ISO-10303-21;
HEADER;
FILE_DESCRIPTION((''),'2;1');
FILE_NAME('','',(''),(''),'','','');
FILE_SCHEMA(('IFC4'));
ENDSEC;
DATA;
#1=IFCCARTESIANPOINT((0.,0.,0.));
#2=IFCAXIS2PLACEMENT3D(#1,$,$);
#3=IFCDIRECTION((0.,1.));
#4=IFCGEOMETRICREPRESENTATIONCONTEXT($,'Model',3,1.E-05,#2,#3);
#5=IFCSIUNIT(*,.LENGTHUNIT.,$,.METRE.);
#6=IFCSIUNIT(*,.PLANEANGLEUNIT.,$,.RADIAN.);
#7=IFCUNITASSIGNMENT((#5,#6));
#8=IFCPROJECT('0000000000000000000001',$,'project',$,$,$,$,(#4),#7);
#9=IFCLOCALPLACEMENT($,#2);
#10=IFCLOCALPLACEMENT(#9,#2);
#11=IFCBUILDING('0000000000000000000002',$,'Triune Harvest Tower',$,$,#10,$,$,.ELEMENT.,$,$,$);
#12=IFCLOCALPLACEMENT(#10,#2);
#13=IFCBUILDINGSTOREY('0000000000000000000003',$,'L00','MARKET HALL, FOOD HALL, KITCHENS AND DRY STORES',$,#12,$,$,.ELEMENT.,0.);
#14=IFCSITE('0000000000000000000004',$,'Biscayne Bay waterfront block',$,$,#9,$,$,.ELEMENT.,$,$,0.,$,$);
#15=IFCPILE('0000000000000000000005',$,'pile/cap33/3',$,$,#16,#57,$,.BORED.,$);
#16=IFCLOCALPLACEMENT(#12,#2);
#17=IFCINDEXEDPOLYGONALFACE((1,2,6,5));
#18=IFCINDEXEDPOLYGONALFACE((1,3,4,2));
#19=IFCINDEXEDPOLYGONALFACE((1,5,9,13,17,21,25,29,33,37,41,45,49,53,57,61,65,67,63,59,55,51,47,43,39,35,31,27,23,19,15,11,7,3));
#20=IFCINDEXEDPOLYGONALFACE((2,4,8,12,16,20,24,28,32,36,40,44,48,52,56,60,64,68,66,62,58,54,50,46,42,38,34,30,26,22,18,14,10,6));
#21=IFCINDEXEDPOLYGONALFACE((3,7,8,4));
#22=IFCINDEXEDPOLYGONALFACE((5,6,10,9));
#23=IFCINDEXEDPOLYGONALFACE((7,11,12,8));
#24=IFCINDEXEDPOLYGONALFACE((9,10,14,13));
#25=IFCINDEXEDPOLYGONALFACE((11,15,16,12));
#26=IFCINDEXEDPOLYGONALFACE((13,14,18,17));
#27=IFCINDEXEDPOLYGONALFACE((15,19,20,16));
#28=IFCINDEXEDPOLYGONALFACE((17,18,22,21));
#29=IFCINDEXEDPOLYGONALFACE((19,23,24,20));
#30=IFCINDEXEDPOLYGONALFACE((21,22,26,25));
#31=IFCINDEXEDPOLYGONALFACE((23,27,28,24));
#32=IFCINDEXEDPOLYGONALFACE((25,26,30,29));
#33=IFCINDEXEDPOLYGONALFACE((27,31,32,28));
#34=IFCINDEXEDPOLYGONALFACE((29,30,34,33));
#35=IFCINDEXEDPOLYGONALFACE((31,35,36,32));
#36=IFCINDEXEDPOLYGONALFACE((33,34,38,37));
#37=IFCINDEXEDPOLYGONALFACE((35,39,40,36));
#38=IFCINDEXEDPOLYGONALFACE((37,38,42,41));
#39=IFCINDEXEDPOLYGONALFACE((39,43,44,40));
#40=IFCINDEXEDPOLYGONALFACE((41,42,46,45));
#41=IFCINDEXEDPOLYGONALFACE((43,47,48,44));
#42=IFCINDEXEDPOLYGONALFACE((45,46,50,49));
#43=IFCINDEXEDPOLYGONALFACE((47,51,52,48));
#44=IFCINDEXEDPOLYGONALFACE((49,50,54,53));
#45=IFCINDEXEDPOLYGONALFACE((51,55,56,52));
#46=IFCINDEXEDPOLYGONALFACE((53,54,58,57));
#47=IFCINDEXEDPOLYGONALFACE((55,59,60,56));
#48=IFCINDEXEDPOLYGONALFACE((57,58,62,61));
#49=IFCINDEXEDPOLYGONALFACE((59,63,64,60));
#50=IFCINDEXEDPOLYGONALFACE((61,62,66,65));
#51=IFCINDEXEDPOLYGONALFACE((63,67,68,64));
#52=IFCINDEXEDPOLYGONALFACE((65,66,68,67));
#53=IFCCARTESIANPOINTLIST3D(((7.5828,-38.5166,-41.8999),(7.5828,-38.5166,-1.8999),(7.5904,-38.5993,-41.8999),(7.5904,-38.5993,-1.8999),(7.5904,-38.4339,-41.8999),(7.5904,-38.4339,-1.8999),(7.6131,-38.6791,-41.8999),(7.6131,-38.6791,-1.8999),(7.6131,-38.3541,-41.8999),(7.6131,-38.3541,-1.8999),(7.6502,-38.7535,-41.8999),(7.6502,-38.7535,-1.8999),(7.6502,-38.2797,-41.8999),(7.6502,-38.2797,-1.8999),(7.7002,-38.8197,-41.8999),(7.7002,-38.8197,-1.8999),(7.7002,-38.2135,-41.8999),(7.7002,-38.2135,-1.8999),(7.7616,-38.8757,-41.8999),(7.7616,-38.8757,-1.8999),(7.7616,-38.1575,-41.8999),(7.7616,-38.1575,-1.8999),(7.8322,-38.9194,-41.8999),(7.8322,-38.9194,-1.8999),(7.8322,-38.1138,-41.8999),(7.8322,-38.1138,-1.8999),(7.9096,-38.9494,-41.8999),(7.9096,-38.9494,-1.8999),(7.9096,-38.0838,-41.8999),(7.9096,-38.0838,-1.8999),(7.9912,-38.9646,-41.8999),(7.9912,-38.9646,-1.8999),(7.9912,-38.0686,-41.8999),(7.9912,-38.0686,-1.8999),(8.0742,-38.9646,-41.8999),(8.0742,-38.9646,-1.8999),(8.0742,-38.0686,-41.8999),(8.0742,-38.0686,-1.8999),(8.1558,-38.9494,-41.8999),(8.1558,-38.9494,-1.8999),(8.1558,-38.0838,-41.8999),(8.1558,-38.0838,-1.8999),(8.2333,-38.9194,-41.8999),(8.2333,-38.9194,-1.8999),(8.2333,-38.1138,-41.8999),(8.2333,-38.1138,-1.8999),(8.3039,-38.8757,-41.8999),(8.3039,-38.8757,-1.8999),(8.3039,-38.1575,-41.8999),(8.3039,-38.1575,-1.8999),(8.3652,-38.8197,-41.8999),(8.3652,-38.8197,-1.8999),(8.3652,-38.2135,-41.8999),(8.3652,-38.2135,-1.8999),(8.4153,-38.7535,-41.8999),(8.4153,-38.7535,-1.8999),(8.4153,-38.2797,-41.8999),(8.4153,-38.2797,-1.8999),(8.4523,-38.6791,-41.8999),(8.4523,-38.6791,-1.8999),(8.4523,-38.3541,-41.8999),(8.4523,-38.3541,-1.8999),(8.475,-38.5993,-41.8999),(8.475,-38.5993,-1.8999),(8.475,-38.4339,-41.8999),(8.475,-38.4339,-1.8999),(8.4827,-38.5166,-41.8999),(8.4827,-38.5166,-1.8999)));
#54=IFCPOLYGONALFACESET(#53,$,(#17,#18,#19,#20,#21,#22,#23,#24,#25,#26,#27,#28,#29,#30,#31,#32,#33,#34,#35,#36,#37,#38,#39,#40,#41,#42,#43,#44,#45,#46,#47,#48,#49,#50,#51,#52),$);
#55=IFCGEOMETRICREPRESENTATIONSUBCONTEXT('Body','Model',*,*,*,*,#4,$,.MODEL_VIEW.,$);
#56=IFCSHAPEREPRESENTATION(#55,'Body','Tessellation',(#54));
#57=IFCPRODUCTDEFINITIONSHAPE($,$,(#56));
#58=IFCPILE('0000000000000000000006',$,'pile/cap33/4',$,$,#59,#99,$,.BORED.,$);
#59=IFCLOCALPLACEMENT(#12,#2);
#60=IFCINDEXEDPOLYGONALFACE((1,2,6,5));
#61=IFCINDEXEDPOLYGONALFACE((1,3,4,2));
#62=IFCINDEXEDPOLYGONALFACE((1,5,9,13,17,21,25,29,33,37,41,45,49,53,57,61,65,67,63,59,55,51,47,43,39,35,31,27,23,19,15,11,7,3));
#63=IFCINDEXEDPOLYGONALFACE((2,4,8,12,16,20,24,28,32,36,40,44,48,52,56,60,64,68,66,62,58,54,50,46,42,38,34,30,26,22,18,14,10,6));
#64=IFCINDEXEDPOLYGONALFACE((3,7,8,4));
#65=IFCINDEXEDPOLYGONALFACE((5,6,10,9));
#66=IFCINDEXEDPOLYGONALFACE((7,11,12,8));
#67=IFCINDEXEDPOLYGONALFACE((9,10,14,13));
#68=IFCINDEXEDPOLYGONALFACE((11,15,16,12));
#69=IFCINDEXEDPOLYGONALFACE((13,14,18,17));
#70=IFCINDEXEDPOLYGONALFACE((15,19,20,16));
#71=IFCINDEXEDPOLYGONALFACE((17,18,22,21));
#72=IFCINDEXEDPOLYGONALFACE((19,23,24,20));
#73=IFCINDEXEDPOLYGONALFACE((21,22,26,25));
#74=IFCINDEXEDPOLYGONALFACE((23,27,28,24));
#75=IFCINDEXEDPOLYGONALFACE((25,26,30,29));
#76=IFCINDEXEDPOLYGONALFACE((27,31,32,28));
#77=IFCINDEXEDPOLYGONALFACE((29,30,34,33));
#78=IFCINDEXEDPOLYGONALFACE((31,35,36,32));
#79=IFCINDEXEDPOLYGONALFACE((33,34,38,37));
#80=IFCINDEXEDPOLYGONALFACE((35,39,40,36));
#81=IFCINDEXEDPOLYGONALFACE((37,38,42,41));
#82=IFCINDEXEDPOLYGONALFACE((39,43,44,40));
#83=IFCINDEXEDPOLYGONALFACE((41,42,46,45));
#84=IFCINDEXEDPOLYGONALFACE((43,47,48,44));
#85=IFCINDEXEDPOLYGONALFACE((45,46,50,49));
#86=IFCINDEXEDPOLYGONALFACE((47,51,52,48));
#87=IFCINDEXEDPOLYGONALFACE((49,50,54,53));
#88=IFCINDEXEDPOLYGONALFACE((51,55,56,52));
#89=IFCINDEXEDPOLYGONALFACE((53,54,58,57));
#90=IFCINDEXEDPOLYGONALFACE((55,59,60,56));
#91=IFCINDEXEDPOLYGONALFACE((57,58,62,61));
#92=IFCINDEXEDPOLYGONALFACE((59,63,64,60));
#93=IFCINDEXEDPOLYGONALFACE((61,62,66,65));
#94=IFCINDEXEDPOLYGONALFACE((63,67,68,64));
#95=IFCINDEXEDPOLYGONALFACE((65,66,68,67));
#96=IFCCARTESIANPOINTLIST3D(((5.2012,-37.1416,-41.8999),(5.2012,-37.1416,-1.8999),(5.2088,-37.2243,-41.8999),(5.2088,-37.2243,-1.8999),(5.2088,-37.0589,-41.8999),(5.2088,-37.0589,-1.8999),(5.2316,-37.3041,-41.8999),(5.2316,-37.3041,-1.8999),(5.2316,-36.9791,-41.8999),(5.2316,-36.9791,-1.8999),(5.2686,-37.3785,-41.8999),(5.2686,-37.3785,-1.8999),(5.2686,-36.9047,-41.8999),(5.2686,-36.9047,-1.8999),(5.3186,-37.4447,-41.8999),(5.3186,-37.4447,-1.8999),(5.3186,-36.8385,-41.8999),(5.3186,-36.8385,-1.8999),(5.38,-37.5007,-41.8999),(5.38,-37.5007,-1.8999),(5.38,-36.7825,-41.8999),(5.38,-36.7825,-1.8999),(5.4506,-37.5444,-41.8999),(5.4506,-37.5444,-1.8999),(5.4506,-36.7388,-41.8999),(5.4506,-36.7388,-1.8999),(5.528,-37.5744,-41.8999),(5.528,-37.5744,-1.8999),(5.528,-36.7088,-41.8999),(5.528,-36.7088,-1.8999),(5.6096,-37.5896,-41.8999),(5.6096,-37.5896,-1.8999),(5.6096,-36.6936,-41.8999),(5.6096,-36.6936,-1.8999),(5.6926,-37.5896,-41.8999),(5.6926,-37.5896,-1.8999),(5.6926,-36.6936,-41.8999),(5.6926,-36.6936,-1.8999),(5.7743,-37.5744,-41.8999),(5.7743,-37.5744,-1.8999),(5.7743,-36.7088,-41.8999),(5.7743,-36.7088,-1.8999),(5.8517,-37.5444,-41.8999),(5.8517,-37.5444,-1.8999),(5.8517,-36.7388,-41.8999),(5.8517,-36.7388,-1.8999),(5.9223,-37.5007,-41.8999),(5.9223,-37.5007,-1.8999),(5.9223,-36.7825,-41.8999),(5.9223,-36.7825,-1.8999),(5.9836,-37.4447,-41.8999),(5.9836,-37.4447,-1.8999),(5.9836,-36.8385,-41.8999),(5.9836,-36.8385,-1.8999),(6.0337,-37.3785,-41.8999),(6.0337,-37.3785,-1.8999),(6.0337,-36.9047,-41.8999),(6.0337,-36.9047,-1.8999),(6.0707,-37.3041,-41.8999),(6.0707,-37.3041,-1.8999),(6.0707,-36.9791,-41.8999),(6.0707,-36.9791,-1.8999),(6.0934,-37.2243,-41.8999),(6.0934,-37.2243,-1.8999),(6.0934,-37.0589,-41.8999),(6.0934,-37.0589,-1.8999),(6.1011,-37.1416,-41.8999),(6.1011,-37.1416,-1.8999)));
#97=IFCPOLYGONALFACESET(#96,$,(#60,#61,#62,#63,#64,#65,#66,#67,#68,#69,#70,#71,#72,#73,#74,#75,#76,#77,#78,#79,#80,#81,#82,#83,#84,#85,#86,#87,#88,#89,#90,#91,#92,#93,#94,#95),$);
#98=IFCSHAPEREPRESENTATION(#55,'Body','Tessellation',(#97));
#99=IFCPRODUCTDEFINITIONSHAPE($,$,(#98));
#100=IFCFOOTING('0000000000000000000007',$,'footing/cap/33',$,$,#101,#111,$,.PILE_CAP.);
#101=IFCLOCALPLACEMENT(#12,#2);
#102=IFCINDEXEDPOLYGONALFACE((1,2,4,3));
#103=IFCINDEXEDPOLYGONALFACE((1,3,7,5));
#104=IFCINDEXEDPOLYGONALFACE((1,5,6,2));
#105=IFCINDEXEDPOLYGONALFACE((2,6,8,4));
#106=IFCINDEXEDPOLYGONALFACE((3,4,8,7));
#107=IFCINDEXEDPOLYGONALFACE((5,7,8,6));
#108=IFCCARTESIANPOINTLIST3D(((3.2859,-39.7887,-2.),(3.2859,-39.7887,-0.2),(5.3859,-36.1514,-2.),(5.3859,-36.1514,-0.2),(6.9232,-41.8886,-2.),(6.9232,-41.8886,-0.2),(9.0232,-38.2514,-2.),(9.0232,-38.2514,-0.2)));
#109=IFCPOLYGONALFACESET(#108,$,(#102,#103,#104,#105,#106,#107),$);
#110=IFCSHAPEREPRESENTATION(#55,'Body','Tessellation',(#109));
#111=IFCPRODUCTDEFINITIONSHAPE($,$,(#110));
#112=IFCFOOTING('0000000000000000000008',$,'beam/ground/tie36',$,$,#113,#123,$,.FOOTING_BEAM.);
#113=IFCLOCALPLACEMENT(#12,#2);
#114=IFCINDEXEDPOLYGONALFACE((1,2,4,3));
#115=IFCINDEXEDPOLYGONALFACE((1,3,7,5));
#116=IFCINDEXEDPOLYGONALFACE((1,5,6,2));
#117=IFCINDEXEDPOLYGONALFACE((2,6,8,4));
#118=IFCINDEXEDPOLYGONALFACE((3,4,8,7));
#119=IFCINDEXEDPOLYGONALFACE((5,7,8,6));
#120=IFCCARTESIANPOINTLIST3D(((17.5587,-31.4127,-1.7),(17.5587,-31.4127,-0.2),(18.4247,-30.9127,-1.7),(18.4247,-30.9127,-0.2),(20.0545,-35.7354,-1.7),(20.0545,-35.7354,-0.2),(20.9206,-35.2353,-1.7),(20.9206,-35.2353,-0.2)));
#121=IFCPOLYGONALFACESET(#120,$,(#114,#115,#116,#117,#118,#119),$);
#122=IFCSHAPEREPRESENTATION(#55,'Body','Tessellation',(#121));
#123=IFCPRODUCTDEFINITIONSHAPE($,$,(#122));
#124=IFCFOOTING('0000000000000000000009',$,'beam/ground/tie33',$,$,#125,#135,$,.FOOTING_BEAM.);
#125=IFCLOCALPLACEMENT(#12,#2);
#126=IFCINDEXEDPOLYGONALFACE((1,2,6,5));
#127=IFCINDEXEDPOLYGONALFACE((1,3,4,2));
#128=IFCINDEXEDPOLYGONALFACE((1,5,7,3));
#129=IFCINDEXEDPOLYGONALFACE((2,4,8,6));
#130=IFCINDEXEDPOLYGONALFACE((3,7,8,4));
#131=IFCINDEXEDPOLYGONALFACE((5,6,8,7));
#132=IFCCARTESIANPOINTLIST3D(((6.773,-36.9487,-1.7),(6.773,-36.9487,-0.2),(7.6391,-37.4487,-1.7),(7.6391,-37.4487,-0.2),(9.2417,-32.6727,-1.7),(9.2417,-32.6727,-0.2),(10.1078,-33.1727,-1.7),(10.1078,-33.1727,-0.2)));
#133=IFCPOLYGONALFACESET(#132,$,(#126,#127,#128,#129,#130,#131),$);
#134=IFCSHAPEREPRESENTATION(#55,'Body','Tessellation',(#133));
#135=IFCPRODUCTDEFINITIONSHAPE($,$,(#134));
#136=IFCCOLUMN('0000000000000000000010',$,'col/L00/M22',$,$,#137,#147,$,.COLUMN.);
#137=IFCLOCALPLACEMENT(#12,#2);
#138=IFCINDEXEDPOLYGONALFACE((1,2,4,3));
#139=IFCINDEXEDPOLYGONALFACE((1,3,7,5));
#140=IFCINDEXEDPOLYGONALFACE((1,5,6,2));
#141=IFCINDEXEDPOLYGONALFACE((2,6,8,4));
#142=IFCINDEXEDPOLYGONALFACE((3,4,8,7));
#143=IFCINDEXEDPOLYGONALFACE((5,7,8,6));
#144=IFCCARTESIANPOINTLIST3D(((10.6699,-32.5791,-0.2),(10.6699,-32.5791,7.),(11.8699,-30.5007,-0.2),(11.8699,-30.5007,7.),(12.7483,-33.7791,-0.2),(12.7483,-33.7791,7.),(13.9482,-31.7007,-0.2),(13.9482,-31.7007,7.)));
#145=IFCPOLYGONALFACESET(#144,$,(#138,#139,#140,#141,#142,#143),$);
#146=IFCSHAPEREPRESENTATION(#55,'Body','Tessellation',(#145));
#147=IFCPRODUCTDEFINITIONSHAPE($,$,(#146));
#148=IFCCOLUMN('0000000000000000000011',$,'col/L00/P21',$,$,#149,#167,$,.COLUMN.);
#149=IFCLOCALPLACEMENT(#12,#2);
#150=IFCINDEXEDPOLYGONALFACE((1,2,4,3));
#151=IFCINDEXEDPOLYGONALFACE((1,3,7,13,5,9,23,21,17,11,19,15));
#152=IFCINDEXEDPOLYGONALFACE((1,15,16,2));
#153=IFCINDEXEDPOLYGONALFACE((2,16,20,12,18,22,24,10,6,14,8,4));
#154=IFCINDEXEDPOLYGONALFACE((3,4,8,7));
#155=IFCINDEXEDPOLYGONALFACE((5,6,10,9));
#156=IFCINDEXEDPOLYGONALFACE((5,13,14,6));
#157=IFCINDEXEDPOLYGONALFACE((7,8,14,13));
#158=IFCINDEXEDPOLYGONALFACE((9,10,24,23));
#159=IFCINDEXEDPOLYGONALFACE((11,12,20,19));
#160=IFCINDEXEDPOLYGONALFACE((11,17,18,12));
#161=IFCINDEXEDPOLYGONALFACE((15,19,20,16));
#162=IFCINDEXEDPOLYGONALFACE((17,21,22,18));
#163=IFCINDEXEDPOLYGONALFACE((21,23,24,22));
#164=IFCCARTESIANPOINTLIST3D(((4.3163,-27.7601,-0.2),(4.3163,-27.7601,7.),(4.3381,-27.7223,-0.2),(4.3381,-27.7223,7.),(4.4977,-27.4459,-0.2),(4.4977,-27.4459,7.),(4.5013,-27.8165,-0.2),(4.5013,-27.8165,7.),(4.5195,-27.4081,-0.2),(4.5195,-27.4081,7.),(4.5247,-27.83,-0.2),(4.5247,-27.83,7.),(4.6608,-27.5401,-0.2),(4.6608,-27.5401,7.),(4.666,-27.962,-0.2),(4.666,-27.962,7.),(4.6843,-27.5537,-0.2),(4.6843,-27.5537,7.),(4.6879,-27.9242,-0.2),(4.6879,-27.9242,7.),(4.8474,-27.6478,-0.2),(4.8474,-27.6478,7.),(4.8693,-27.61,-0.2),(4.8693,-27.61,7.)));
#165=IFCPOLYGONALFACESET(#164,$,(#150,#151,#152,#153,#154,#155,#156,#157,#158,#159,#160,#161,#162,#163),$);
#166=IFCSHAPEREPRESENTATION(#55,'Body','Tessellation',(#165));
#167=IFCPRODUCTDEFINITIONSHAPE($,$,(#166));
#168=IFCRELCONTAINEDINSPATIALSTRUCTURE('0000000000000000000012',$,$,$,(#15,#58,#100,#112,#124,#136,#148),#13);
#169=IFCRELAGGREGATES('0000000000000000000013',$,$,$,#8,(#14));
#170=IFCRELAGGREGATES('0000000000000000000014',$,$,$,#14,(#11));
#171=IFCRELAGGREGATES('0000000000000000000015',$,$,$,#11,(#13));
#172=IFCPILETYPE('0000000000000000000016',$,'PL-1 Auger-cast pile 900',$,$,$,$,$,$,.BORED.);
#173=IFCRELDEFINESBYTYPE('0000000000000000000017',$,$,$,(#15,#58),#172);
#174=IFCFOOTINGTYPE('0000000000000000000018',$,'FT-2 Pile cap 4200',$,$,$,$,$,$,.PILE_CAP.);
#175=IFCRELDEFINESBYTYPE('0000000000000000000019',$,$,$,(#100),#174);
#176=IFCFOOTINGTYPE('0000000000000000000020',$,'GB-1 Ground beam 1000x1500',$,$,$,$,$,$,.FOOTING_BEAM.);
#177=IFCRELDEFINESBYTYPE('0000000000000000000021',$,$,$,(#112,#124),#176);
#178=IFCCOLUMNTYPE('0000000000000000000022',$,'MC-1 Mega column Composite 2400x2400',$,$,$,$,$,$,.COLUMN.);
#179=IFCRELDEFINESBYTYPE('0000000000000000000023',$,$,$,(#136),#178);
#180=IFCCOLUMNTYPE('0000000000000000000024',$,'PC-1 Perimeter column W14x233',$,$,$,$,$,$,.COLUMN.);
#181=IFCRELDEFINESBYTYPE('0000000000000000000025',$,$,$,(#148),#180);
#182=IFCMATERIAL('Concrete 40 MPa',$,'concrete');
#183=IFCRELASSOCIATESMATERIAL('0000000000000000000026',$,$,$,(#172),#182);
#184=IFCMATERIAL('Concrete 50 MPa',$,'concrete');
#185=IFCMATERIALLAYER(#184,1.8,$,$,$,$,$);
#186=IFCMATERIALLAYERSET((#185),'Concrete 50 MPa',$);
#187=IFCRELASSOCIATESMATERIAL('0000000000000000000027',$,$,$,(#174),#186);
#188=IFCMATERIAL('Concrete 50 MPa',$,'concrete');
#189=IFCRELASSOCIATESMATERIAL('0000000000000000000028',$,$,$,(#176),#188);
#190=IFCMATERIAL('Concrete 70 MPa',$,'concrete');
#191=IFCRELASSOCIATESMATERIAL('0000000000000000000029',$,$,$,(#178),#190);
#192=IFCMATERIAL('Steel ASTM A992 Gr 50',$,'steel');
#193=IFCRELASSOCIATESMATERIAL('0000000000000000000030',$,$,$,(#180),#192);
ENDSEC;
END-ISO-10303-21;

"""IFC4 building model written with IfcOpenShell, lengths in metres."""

from ifc_helpers import new_model, si_unit, direction, frame, origin, origin_2d, place, context, subcontext, project, spatial, rectangle, circle, i_section, extrude, source, transform, mapped, material, layer, layer_set, material_profile, profile_set, type_object, element, save


model = new_model("IFC4")

# Units and contexts
model_context = context("Model", 3, precision=1e-05, world=origin(), true_north=direction((0.0, 1.0)))
body_context = subcontext(model_context, "Body", "Model", "MODEL_VIEW")
ifc_project = project(units=[si_unit("LENGTHUNIT", "METRE"), si_unit("PLANEANGLEUNIT", "RADIAN")], contexts=[model_context])

# Site, building, storey
site_placement = place(None, origin())
site = spatial("IfcSite", under=ifc_project, at=site_placement, Name="Biscayne Bay waterfront block", CompositionType="ELEMENT", RefElevation=0.0)
building_placement = place(site_placement, origin())
building = spatial("IfcBuilding", under=site, at=building_placement, Name="Triune Harvest Tower", CompositionType="ELEMENT")
storey_placement = place(building_placement, origin())
storey = spatial("IfcBuildingStorey", under=building, at=storey_placement, Name="L00", Description="MARKET HALL, FOOD HALL, KITCHENS AND DRY STORES", CompositionType="ELEMENT", Elevation=0.0)

# Piles
ifc_material_1 = material(Name="Concrete 40 MPa", Category="concrete")
ifc_material_profile_1 = material_profile(ifc_material_1, circle(Radius=0.45, at=origin_2d()), Name="Bored 900")
ifc_profile_set_1 = profile_set([ifc_material_profile_1], Name="Concrete 40 MPa")
pile_type = type_object("IfcPileType", Name="PL-1 Auger-cast pile 900", PredefinedType="BORED", material=ifc_profile_set_1)
shared_shape_1 = source(origin(), body_context, "Body", "SweptSolid", [
    extrude(circle(Radius=0.45, at=origin_2d()), origin(), (0.0, 0.0, 1.0), 40.0),
])
for number, where, z_axis, x_axis, name in (
    (1, (8.0327, -38.5166, -1.8999), (0.0, 0.0, -1.0), (1.0, 0.0, 0.0), "pile/cap33/3"),
    (2, (5.6511, -37.1416, -1.8999), (0.0, 0.0, -1.0), (1.0, 0.0, 0.0), "pile/cap33/4"),
):
    element("IfcPile", number, at=place(storey_placement, frame(where, z_axis=z_axis, x_axis=x_axis)), inside=storey, type_object=pile_type, Name=name, PredefinedType="BORED", context=body_context, shape_type="MappedRepresentation", body=[
        mapped(shared_shape_1, transform((0.0, 0.0, 0.0), scale=1.0)),
    ])

# Footings
ifc_material_2 = material(Name="Concrete 50 MPa", Category="concrete")
ifc_layer_1 = layer(ifc_material_2, 1.8)
ifc_layer_set_1 = layer_set([ifc_layer_1], Name="Concrete 50 MPa")
footing_type_1 = type_object("IfcFootingType", Name="FT-2 Pile cap 4200", PredefinedType="PILE_CAP", material=ifc_layer_set_1)
shared_shape_2 = source(origin(), body_context, "Body", "SweptSolid", [
    extrude(rectangle(XDim=4.2, YDim=4.2, at=origin_2d()), origin(), (0.0, 0.0, 1.0), 1.8),
])
footing_1_placement = place(storey_placement, frame((6.1545, -39.02, -2.0), z_axis=(0.0, 0.0, 1.0), x_axis=(0.866025, -0.5, 0.0)))
element("IfcFooting", 3, at=footing_1_placement, inside=storey, type_object=footing_type_1, Name="footing/cap/33", PredefinedType="PILE_CAP", context=body_context, shape_type="MappedRepresentation", body=[
    mapped(shared_shape_2, transform((0.0, 0.0, 0.0), scale=1.0)),
])
ifc_material_3 = material(Name="Concrete 50 MPa", Category="concrete")
ifc_material_profile_2 = material_profile(ifc_material_3, rectangle(XDim=1.0, YDim=1.5, at=origin_2d()), Name="Concrete 1000x1500")
ifc_profile_set_2 = profile_set([ifc_material_profile_2], Name="Concrete 50 MPa")
footing_type_2 = type_object("IfcFootingType", Name="GB-1 Ground beam 1000x1500", PredefinedType="FOOTING_BEAM", material=ifc_profile_set_2)
shared_shape_3 = source(origin(), body_context, "Body", "SweptSolid", [
    extrude(rectangle(XDim=1.0, YDim=1.5, at=origin_2d()), origin(), (0.0, 0.0, 1.0), 4.9915),
])
footing_2_placement = place(storey_placement, frame((20.4875, -35.4854, -0.95), z_axis=(-0.500016, 0.866016, 0.0), x_axis=(-0.866016, -0.500016, 0.0)))
element("IfcFooting", 4, at=footing_2_placement, inside=storey, type_object=footing_type_2, Name="beam/ground/tie36", PredefinedType="FOOTING_BEAM", context=body_context, shape_type="MappedRepresentation", body=[
    mapped(shared_shape_3, transform((0.0, 0.0, 0.0), scale=1.0)),
])
shared_shape_4 = source(origin(), body_context, "Body", "SweptSolid", [
    extrude(rectangle(XDim=1.0, YDim=1.5, at=origin_2d()), origin(), (0.0, 0.0, 1.0), 4.9375),
])
footing_3_placement = place(storey_placement, frame((7.2061, -37.1987, -0.95), z_axis=(0.499989, 0.866032, 0.0), x_axis=(-0.866032, 0.499989, 0.0)))
element("IfcFooting", 5, at=footing_3_placement, inside=storey, type_object=footing_type_2, Name="beam/ground/tie33", PredefinedType="FOOTING_BEAM", context=body_context, shape_type="MappedRepresentation", body=[
    mapped(shared_shape_4, transform((0.0, 0.0, 0.0), scale=1.0)),
])

# Columns
ifc_material_4 = material(Name="Concrete 70 MPa", Category="concrete")
ifc_material_profile_3 = material_profile(ifc_material_4, rectangle(XDim=2.3999, YDim=2.3999, at=origin_2d()), Name="Composite 2400x2400")
ifc_profile_set_3 = profile_set([ifc_material_profile_3], Name="Concrete 70 MPa")
column_type_1 = type_object("IfcColumnType", Name="MC-1 Mega column Composite 2400x2400", PredefinedType="COLUMN", material=ifc_profile_set_3)
shared_shape_5 = source(origin(), body_context, "Body", "SweptSolid", [
    extrude(rectangle(XDim=2.3999, YDim=2.3999, at=origin_2d()), origin(), (0.0, 0.0, 1.0), 7.2),
])
column_1_placement = place(storey_placement, frame((12.3091, -32.1399, -0.2), z_axis=(0.0, 0.0, 1.0), x_axis=(0.866025, -0.5, 0.0)))
element("IfcColumn", 6, at=column_1_placement, inside=storey, type_object=column_type_1, Name="col/L00/M22", PredefinedType="COLUMN", context=body_context, shape_type="MappedRepresentation", body=[
    mapped(shared_shape_5, transform((0.0, 0.0, 0.0), scale=1.0)),
])
ifc_material_5 = material(Name="Steel ASTM A992 Gr 50", Category="steel")
ifc_material_profile_4 = material_profile(ifc_material_5, i_section(OverallWidth=0.4038, OverallDepth=0.4065, WebThickness=0.0271, FlangeThickness=0.0437, at=origin_2d()), Name="W14x233")
ifc_profile_set_4 = profile_set([ifc_material_profile_4], Name="Steel ASTM A992 Gr 50")
column_type_2 = type_object("IfcColumnType", Name="PC-1 Perimeter column W14x233", PredefinedType="COLUMN", material=ifc_profile_set_4)
shared_shape_6 = source(origin(), body_context, "Body", "SweptSolid", [
    extrude(i_section(OverallWidth=0.4038, OverallDepth=0.4065, WebThickness=0.0271, FlangeThickness=0.0437, at=origin_2d()), origin(), (0.0, 0.0, 1.0), 7.2),
])
for number, where, z_axis, x_axis, name in (
    (7, (4.5928, -27.6851, -0.2), (0.0, 0.0, 1.0), (0.866025, -0.5, 0.0), "col/L00/P21"),
):
    element("IfcColumn", number, at=place(storey_placement, frame(where, z_axis=z_axis, x_axis=x_axis)), inside=storey, type_object=column_type_2, Name=name, PredefinedType="COLUMN", context=body_context, shape_type="MappedRepresentation", body=[
        mapped(shared_shape_6, transform((0.0, 0.0, 0.0), scale=1.0)),
    ])

save(model, "model.ifc")
